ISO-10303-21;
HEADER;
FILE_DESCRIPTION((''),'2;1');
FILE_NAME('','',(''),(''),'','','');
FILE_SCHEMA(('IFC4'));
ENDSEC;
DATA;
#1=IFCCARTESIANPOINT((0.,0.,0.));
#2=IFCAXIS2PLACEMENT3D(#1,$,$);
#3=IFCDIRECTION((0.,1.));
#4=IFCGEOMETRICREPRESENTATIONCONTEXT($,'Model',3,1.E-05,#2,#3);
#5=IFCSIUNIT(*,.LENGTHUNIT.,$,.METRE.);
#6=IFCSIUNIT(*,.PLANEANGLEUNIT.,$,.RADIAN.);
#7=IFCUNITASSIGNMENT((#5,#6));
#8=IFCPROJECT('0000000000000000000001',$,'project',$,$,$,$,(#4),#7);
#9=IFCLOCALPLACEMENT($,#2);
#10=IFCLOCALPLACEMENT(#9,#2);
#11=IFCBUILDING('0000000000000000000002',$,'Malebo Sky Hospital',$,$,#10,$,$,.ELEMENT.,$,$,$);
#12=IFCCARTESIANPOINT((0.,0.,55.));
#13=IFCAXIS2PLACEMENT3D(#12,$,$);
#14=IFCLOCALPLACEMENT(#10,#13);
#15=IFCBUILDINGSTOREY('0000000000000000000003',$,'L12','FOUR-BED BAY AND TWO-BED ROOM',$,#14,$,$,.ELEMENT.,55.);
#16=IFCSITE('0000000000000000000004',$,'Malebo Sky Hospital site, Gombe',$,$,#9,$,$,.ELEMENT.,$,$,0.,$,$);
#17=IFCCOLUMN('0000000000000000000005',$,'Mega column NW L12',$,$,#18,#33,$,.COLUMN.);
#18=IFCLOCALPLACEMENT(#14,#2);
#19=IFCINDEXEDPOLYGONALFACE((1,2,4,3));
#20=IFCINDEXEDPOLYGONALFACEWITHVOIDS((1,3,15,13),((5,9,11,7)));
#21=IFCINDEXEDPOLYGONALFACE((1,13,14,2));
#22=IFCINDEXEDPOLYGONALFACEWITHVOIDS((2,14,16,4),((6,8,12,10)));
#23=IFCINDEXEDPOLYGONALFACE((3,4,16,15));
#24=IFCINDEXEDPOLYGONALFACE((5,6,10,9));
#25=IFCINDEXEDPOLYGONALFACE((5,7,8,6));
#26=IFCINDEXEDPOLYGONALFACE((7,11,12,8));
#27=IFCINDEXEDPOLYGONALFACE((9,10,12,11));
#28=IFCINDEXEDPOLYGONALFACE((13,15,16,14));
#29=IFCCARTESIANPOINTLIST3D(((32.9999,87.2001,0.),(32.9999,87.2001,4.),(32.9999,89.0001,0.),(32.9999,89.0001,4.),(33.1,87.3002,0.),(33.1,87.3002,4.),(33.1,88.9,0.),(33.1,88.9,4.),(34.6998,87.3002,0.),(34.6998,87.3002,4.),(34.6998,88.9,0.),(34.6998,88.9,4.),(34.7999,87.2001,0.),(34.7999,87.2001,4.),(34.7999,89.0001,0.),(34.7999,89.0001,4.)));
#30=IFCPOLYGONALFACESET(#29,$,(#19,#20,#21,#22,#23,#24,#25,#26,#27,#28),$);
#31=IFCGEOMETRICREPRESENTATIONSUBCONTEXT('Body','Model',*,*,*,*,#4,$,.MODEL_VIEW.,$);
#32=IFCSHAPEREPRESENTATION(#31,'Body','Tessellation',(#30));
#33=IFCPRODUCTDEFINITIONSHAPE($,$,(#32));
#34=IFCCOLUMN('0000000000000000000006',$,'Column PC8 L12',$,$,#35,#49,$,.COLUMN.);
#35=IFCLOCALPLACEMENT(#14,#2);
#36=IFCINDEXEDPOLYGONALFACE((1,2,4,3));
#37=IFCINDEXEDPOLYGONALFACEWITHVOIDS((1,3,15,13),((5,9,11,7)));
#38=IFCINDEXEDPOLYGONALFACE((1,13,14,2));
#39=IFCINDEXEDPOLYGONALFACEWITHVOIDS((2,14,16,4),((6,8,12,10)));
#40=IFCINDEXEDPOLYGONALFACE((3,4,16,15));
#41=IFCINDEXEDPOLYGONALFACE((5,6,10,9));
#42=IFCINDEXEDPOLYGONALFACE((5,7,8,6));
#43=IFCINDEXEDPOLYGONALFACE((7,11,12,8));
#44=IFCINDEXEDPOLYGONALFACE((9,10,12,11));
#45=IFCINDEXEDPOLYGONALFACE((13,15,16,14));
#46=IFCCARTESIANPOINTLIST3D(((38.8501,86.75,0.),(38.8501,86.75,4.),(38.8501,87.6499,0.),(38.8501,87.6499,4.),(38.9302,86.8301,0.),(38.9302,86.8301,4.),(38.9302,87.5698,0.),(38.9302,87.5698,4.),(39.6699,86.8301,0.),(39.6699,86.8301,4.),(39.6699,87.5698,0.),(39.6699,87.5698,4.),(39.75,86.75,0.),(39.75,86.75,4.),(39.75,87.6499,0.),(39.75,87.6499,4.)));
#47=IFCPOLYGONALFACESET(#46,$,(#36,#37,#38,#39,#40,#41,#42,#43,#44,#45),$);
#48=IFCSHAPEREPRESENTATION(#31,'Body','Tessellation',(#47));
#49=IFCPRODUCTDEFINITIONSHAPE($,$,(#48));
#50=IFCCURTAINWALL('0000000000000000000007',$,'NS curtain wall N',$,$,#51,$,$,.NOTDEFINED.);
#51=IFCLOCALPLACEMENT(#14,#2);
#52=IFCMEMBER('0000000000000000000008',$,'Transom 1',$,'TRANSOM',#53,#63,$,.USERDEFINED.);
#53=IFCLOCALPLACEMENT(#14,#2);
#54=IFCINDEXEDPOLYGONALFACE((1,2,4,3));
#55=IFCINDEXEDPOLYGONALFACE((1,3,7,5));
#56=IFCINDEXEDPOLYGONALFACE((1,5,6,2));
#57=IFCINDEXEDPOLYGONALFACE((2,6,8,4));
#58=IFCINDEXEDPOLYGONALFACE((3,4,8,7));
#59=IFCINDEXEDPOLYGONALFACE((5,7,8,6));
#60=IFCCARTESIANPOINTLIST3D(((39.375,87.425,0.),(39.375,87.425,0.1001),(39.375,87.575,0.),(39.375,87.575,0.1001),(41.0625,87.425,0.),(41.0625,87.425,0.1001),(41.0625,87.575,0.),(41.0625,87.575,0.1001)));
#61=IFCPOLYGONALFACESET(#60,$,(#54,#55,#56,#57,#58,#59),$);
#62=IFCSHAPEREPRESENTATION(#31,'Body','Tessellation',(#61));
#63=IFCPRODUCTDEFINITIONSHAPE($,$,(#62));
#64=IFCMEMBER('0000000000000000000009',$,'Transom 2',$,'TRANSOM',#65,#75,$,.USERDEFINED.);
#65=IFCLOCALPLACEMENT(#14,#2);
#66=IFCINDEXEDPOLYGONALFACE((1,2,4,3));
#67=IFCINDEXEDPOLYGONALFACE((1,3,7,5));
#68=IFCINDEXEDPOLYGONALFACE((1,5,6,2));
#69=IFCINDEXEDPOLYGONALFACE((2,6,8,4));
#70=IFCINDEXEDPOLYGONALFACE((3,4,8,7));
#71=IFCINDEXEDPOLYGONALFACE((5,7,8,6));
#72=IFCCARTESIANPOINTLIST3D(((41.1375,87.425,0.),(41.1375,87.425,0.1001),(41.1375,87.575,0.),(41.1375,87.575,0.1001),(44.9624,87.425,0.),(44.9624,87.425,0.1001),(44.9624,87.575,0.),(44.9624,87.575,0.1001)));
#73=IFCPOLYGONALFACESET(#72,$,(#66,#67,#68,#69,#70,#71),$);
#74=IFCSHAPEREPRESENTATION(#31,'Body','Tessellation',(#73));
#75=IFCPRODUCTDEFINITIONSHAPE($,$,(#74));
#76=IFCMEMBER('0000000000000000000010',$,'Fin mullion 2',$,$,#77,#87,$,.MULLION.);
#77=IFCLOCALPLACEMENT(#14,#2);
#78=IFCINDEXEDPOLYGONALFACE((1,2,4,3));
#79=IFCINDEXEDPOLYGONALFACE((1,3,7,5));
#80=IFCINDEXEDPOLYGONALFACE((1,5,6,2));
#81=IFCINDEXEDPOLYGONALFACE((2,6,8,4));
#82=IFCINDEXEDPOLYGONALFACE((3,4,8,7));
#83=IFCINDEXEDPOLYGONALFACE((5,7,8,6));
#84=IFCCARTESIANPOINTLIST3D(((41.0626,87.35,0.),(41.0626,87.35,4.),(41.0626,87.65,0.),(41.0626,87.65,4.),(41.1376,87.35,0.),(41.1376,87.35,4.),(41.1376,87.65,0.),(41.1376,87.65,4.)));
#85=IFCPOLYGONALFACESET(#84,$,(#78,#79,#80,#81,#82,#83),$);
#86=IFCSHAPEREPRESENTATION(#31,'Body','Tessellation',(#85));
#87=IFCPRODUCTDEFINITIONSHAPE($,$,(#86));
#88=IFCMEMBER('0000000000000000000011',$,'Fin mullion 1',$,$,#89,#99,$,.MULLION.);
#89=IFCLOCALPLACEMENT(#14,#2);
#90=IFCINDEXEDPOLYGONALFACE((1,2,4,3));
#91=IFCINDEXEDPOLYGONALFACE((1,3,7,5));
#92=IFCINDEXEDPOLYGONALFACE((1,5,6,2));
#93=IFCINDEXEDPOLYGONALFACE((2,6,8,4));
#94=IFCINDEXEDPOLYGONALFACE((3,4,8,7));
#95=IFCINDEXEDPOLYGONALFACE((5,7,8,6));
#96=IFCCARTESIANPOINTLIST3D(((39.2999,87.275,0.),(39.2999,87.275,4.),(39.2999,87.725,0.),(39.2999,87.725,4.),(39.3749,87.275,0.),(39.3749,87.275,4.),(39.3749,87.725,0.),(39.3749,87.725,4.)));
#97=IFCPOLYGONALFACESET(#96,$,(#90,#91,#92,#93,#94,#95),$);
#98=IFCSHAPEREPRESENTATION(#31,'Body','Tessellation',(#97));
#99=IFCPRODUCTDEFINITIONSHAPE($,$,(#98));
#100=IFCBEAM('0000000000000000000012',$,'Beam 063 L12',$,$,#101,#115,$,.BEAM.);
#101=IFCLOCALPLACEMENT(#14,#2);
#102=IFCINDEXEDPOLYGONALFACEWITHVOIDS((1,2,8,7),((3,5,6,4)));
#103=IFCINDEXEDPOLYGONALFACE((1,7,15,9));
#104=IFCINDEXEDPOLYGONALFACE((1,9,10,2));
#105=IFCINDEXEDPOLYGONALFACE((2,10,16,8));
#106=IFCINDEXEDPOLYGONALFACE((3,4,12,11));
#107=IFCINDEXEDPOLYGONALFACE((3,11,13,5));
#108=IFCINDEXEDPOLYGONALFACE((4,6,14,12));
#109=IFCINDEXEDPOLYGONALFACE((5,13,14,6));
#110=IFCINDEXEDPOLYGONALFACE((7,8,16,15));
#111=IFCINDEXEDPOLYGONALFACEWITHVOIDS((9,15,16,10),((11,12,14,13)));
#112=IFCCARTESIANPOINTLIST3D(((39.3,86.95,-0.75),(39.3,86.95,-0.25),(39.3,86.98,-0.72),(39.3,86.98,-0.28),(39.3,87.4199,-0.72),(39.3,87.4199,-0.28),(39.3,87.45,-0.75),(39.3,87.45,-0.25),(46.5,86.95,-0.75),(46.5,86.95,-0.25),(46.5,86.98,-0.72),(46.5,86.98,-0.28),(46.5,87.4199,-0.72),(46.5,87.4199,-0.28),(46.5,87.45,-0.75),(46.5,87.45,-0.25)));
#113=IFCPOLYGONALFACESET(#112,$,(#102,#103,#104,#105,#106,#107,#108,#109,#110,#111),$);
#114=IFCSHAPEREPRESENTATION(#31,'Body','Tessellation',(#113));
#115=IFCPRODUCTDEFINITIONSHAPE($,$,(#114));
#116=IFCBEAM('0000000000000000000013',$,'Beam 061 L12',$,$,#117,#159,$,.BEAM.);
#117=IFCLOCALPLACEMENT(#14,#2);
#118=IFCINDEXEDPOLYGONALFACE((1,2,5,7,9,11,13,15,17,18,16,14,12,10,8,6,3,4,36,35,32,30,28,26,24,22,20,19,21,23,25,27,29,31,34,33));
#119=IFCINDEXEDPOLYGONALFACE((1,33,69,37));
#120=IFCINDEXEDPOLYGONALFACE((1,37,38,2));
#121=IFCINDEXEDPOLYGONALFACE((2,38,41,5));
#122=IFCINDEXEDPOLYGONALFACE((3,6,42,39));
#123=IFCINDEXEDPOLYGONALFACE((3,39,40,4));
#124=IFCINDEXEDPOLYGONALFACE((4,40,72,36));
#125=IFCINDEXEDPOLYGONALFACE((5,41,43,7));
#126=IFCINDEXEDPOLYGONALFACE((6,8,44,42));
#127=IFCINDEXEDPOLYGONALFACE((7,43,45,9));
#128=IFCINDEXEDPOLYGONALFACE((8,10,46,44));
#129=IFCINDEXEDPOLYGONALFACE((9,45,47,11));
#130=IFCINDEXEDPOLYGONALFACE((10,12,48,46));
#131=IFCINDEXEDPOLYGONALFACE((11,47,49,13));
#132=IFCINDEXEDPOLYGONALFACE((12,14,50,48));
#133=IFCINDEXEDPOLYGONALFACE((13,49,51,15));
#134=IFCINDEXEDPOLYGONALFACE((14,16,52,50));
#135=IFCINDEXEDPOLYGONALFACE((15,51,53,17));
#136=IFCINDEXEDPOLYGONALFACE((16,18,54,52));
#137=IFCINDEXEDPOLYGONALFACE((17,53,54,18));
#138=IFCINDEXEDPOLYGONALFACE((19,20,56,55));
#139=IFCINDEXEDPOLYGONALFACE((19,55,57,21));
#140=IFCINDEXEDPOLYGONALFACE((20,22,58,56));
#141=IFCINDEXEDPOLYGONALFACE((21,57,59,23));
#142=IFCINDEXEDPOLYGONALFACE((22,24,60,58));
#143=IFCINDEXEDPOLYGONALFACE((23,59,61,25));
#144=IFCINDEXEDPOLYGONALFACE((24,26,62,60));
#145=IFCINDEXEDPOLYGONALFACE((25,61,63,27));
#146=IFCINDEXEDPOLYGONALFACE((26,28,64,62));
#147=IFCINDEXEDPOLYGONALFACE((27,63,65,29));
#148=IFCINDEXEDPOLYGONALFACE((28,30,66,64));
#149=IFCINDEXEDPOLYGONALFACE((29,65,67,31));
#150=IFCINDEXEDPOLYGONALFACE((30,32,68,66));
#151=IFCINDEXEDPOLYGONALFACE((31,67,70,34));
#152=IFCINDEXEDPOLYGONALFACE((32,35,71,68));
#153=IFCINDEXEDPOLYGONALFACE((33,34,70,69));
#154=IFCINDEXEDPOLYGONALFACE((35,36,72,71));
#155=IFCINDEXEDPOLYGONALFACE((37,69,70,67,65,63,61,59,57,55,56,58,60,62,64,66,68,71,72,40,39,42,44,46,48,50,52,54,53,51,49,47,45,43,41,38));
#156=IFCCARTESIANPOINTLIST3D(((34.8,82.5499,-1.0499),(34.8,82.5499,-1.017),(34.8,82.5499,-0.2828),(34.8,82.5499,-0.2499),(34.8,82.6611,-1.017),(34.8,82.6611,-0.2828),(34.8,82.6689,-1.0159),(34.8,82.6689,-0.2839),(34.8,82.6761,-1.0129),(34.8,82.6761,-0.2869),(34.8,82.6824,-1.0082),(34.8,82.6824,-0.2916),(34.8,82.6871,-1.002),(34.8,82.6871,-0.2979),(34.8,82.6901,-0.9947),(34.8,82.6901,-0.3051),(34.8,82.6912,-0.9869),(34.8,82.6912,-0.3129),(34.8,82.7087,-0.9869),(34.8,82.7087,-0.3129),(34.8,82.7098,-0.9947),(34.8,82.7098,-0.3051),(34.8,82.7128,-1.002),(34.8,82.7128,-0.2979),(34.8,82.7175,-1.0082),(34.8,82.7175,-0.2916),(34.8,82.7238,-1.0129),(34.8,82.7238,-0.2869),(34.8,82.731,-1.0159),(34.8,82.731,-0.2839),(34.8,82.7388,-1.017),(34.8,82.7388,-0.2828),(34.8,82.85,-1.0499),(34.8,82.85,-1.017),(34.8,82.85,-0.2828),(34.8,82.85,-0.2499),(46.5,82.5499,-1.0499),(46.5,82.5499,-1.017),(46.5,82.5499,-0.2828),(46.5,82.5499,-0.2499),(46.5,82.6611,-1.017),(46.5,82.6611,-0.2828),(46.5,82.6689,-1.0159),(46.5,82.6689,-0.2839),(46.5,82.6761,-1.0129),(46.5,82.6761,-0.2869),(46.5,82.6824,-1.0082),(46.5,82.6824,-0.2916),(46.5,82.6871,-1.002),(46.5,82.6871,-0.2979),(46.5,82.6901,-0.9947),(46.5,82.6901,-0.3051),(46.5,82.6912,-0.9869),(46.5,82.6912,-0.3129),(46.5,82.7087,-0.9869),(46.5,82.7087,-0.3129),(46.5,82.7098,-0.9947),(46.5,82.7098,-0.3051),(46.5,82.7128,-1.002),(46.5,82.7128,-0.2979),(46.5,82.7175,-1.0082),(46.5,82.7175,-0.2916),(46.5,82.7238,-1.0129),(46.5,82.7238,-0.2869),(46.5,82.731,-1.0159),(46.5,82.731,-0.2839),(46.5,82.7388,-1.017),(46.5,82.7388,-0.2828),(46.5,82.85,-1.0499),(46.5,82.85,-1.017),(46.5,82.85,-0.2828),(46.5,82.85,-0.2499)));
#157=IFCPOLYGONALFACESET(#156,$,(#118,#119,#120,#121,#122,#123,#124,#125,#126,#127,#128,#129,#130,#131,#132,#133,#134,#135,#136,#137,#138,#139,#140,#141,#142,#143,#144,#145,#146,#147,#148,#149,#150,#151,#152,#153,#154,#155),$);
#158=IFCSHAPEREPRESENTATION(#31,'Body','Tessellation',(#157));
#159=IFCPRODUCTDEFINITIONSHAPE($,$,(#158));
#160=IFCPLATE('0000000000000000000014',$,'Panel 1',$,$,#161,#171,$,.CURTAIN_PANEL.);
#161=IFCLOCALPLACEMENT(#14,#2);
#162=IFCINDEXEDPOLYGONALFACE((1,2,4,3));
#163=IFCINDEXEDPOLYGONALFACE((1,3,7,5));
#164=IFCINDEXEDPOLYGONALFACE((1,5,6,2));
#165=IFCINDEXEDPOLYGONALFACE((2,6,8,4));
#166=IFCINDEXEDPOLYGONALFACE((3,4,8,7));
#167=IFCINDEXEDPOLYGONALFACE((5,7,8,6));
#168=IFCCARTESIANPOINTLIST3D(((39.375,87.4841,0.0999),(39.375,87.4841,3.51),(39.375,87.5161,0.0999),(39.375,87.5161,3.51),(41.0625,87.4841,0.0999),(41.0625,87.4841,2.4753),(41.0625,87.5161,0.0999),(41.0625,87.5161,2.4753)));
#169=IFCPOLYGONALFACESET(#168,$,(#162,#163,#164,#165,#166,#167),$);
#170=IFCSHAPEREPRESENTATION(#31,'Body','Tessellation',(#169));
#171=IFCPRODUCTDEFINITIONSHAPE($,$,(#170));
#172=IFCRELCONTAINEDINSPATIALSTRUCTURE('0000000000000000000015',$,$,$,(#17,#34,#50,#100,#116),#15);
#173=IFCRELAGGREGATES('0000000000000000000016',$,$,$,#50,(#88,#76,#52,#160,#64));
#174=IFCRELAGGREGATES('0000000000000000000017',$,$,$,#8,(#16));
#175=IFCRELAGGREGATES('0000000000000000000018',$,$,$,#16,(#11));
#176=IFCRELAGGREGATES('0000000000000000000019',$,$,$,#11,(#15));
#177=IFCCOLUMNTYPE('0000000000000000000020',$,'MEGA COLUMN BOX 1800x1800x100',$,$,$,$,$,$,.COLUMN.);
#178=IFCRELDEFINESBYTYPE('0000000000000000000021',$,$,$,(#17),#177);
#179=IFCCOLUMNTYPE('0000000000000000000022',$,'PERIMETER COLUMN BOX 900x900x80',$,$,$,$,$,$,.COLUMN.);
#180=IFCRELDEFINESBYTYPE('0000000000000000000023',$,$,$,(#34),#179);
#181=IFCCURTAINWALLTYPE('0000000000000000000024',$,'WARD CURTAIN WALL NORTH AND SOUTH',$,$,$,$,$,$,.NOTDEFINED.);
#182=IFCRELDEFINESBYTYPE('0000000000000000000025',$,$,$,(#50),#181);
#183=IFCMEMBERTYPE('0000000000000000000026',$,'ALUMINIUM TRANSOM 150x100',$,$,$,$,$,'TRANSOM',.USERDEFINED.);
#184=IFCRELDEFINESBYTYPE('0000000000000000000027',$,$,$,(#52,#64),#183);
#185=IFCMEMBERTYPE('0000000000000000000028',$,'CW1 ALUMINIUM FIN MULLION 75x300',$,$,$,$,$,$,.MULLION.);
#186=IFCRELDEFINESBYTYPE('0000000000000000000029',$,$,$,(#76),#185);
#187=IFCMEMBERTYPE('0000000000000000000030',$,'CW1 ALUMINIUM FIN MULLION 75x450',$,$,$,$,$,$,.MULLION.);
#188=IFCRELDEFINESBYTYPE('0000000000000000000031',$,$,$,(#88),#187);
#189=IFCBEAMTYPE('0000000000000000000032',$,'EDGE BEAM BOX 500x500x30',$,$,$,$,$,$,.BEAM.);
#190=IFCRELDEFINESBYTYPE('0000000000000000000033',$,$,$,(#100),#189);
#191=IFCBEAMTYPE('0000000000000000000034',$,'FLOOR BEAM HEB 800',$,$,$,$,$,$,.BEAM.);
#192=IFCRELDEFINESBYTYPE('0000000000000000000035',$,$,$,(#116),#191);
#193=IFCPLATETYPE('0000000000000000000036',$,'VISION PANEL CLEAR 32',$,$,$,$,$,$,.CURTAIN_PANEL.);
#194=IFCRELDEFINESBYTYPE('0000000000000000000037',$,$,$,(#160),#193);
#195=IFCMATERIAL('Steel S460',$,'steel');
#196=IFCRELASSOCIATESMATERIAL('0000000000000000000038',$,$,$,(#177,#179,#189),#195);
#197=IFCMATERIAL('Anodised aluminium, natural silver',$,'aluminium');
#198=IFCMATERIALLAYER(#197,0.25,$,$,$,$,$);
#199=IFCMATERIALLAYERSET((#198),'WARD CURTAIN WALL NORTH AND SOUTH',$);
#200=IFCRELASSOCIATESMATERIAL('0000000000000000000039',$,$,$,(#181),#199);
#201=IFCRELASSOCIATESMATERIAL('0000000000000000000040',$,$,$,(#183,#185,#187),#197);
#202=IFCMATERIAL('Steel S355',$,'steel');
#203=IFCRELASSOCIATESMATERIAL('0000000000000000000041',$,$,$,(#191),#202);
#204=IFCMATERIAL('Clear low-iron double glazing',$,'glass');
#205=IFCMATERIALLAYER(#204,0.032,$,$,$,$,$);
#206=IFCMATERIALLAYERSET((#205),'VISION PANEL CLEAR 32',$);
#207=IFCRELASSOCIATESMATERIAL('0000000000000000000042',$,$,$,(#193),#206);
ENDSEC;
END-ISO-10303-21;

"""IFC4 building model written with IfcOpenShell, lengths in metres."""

from ifc_helpers import new_model, si_unit, direction, frame, origin, origin_2d, place, context, subcontext, project, spatial, polyline, rectangle, hollow_rectangle, i_section, outline, extrude, material, layer, layer_set, material_profile, profile_set, type_object, element, aggregate, save


model = new_model("IFC4")

# Units and contexts
model_context = context("Model", 3, precision=1e-05, world=origin(), true_north=direction((0.0, 1.0)))
body_context = subcontext(model_context, "Body", "Model", "MODEL_VIEW")
ifc_project = project(units=[si_unit("LENGTHUNIT", "METRE"), si_unit("PLANEANGLEUNIT", "RADIAN")], contexts=[model_context])

# Site, building, storey
site_placement = place(None, origin())
site = spatial("IfcSite", under=ifc_project, at=site_placement, Name="Malebo Sky Hospital site, Gombe", CompositionType="ELEMENT", RefElevation=0.0)
building_placement = place(site_placement, origin())
building = spatial("IfcBuilding", under=site, at=building_placement, Name="Malebo Sky Hospital", CompositionType="ELEMENT")
storey_placement = place(building_placement, frame((0.0, 0.0, 55.0)))
storey = spatial("IfcBuildingStorey", under=building, at=storey_placement, Name="L12", Description="FOUR-BED BAY AND TWO-BED ROOM", CompositionType="ELEMENT", Elevation=55.0)

# Columns
ifc_material_1 = material(Name="Steel S460", Category="steel")
ifc_material_profile_1 = material_profile(ifc_material_1, hollow_rectangle(XDim=1.8, YDim=1.8, WallThickness=0.1001, at=origin_2d()), Name="BOX 1800x1800x100")
ifc_profile_set_1 = profile_set([ifc_material_profile_1], Name="Steel S460")
column_type_1 = type_object("IfcColumnType", Name="MEGA COLUMN BOX 1800x1800x100", PredefinedType="COLUMN", material=ifc_profile_set_1)
column_1_placement = place(storey_placement, frame((33.8999, 88.1001, 0.0), z_axis=(0.0, 0.0, 1.0), x_axis=(1.0, 0.0, 0.0)))
element("IfcColumn", 1, at=column_1_placement, inside=storey, type_object=column_type_1, Name="Mega column NW L12", PredefinedType="COLUMN", context=body_context, shape_type="SweptSolid", body=[
    extrude(hollow_rectangle(XDim=1.8, YDim=1.8, WallThickness=0.1001, at=origin_2d()), origin(), (0.0, 0.0, 1.0), 4.0),
])
ifc_material_profile_2 = material_profile(ifc_material_1, hollow_rectangle(XDim=0.8999, YDim=0.8999, WallThickness=0.0801, at=origin_2d()), Name="BOX 900x900x80")
ifc_profile_set_2 = profile_set([ifc_material_profile_2], Name="Steel S460")
column_type_2 = type_object("IfcColumnType", Name="PERIMETER COLUMN BOX 900x900x80", PredefinedType="COLUMN", material=ifc_profile_set_2)
column_2_placement = place(storey_placement, frame((39.3, 87.2, 0.0), z_axis=(0.0, 0.0, 1.0), x_axis=(1.0, 0.0, 0.0)))
element("IfcColumn", 2, at=column_2_placement, inside=storey, type_object=column_type_2, Name="Column PC8 L12", PredefinedType="COLUMN", context=body_context, shape_type="SweptSolid", body=[
    extrude(hollow_rectangle(XDim=0.8999, YDim=0.8999, WallThickness=0.0801, at=origin_2d()), origin(), (0.0, 0.0, 1.0), 4.0),
])

# Curtain wall, members
ifc_material_2 = material(Name="Anodised aluminium, natural silver", Category="aluminium")
ifc_layer_1 = layer(ifc_material_2, 0.25)
ifc_layer_set_1 = layer_set([ifc_layer_1], Name="WARD CURTAIN WALL NORTH AND SOUTH")
curtain_wall_type = type_object("IfcCurtainWallType", Name="WARD CURTAIN WALL NORTH AND SOUTH", PredefinedType="NOTDEFINED", material=ifc_layer_set_1)
curtain_wall_placement = place(storey_placement, origin())
curtain_wall = element("IfcCurtainWall", 3, at=curtain_wall_placement, inside=storey, type_object=curtain_wall_type, Name="NS curtain wall N", PredefinedType="NOTDEFINED")
ifc_material_profile_3 = material_profile(ifc_material_2, rectangle(XDim=0.1499, YDim=0.1001, at=origin_2d()), Name="ALUMINIUM TRANSOM 150x100")
ifc_profile_set_3 = profile_set([ifc_material_profile_3], Name="Anodised aluminium, natural silver")
member_type_1 = type_object("IfcMemberType", Name="ALUMINIUM TRANSOM 150x100", ElementType="TRANSOM", PredefinedType="USERDEFINED", material=ifc_profile_set_3)
member_1_placement = place(storey_placement, frame((39.375, 87.5, 0.05), z_axis=(1.0, 0.0, 0.0), x_axis=(0.0, 1.0, 0.0)))
member_1 = element("IfcMember", 4, at=member_1_placement, type_object=member_type_1, Name="Transom 1", ObjectType="TRANSOM", PredefinedType="USERDEFINED", context=body_context, shape_type="SweptSolid", body=[
    extrude(rectangle(XDim=0.1499, YDim=0.1001, at=origin_2d()), origin(), (0.0, 0.0, 1.0), 1.6875),
])
member_2_placement = place(storey_placement, frame((41.1375, 87.5, 0.05), z_axis=(1.0, 0.0, 0.0), x_axis=(0.0, 1.0, 0.0)))
member_2 = element("IfcMember", 5, at=member_2_placement, type_object=member_type_1, Name="Transom 2", ObjectType="TRANSOM", PredefinedType="USERDEFINED", context=body_context, shape_type="SweptSolid", body=[
    extrude(rectangle(XDim=0.1499, YDim=0.1001, at=origin_2d()), origin(), (0.0, 0.0, 1.0), 3.825),
])
ifc_material_profile_4 = material_profile(ifc_material_2, rectangle(XDim=0.075, YDim=0.3, at=origin_2d()), Name="CW1 ALUMINIUM FIN MULLION 75x300")
ifc_profile_set_4 = profile_set([ifc_material_profile_4], Name="Anodised aluminium, natural silver")
member_type_2 = type_object("IfcMemberType", Name="CW1 ALUMINIUM FIN MULLION 75x300", PredefinedType="MULLION", material=ifc_profile_set_4)
member_3_placement = place(storey_placement, frame((41.1001, 87.5, 0.0), z_axis=(0.0, 0.0, 1.0), x_axis=(1.0, 0.0, 0.0)))
member_3 = element("IfcMember", 6, at=member_3_placement, type_object=member_type_2, Name="Fin mullion 2", PredefinedType="MULLION", context=body_context, shape_type="SweptSolid", body=[
    extrude(rectangle(XDim=0.075, YDim=0.3, at=origin_2d()), origin(), (0.0, 0.0, 1.0), 4.0),
])
ifc_material_profile_5 = material_profile(ifc_material_2, rectangle(XDim=0.075, YDim=0.45, at=origin_2d()), Name="CW1 ALUMINIUM FIN MULLION 75x450")
ifc_profile_set_5 = profile_set([ifc_material_profile_5], Name="Anodised aluminium, natural silver")
member_type_3 = type_object("IfcMemberType", Name="CW1 ALUMINIUM FIN MULLION 75x450", PredefinedType="MULLION", material=ifc_profile_set_5)
member_4_placement = place(storey_placement, frame((39.3374, 87.5, 0.0), z_axis=(0.0, 0.0, 1.0), x_axis=(1.0, 0.0, 0.0)))
member_4 = element("IfcMember", 7, at=member_4_placement, type_object=member_type_3, Name="Fin mullion 1", PredefinedType="MULLION", context=body_context, shape_type="SweptSolid", body=[
    extrude(rectangle(XDim=0.075, YDim=0.45, at=origin_2d()), origin(), (0.0, 0.0, 1.0), 4.0),
])

# Beams
ifc_material_profile_6 = material_profile(ifc_material_1, hollow_rectangle(XDim=0.5, YDim=0.5, WallThickness=0.03, at=origin_2d()), Name="BOX 500x500x30")
ifc_profile_set_6 = profile_set([ifc_material_profile_6], Name="Steel S460")
beam_type_1 = type_object("IfcBeamType", Name="EDGE BEAM BOX 500x500x30", PredefinedType="BEAM", material=ifc_profile_set_6)
beam_1_placement = place(storey_placement, frame((39.3, 87.2, -0.5), z_axis=(1.0, 0.0, 0.0), x_axis=(0.0, 1.0, 0.0)))
element("IfcBeam", 8, at=beam_1_placement, inside=storey, type_object=beam_type_1, Name="Beam 063 L12", PredefinedType="BEAM", context=body_context, shape_type="SweptSolid", body=[
    extrude(hollow_rectangle(XDim=0.5, YDim=0.5, WallThickness=0.03, at=origin_2d()), origin(), (0.0, 0.0, 1.0), 7.2),
])
ifc_material_3 = material(Name="Steel S355", Category="steel")
ifc_material_profile_7 = material_profile(ifc_material_3, i_section(OverallWidth=0.3, OverallDepth=0.8, WebThickness=0.0176, FlangeThickness=0.033, FilletRadius=0.03, at=origin_2d()), Name="HEB 800")
ifc_profile_set_7 = profile_set([ifc_material_profile_7], Name="Steel S355")
beam_type_2 = type_object("IfcBeamType", Name="FLOOR BEAM HEB 800", PredefinedType="BEAM", material=ifc_profile_set_7)
beam_2_placement = place(storey_placement, frame((34.8, 82.7, -0.6499), z_axis=(1.0, 0.0, 0.0), x_axis=(0.0, 1.0, 0.0)))
element("IfcBeam", 9, at=beam_2_placement, inside=storey, type_object=beam_type_2, Name="Beam 061 L12", PredefinedType="BEAM", context=body_context, shape_type="SweptSolid", body=[
    extrude(i_section(OverallWidth=0.3, OverallDepth=0.8, WebThickness=0.0176, FlangeThickness=0.033, FilletRadius=0.03, at=origin_2d()), origin(), (0.0, 0.0, 1.0), 11.7),
])

# Plate
ifc_material_4 = material(Name="Clear low-iron double glazing", Category="glass")
ifc_layer_2 = layer(ifc_material_4, 0.032)
ifc_layer_set_2 = layer_set([ifc_layer_2], Name="VISION PANEL CLEAR 32")
plate_type = type_object("IfcPlateType", Name="VISION PANEL CLEAR 32", PredefinedType="CURTAIN_PANEL", material=ifc_layer_set_2)
plate_1_placement = place(storey_placement, frame((40.2188, 87.5, 0.0999), z_axis=(0.0, 0.0, 1.0), x_axis=(1.0, 0.0, 0.0)))
plate_1 = element("IfcPlate", 10, at=plate_1_placement, type_object=plate_type, Name="Panel 1", PredefinedType="CURTAIN_PANEL", context=body_context, shape_type="SweptSolid", body=[
    extrude(outline(polyline([(-0.8438, 0.0), (0.8438, 0.0), (0.8438, 2.3755), (-0.8438, 3.4102), (-0.8438, 0.0)])), frame((0.0, 0.0161, 0.0), z_axis=(0.0, -1.0, 0.0), x_axis=(1.0, 0.0, 0.0)), (0.0, 0.0, 1.0), 0.032),
])
aggregate(curtain_wall, [member_4, member_3, member_1, plate_1, member_2])

save(model, "model.ifc")
